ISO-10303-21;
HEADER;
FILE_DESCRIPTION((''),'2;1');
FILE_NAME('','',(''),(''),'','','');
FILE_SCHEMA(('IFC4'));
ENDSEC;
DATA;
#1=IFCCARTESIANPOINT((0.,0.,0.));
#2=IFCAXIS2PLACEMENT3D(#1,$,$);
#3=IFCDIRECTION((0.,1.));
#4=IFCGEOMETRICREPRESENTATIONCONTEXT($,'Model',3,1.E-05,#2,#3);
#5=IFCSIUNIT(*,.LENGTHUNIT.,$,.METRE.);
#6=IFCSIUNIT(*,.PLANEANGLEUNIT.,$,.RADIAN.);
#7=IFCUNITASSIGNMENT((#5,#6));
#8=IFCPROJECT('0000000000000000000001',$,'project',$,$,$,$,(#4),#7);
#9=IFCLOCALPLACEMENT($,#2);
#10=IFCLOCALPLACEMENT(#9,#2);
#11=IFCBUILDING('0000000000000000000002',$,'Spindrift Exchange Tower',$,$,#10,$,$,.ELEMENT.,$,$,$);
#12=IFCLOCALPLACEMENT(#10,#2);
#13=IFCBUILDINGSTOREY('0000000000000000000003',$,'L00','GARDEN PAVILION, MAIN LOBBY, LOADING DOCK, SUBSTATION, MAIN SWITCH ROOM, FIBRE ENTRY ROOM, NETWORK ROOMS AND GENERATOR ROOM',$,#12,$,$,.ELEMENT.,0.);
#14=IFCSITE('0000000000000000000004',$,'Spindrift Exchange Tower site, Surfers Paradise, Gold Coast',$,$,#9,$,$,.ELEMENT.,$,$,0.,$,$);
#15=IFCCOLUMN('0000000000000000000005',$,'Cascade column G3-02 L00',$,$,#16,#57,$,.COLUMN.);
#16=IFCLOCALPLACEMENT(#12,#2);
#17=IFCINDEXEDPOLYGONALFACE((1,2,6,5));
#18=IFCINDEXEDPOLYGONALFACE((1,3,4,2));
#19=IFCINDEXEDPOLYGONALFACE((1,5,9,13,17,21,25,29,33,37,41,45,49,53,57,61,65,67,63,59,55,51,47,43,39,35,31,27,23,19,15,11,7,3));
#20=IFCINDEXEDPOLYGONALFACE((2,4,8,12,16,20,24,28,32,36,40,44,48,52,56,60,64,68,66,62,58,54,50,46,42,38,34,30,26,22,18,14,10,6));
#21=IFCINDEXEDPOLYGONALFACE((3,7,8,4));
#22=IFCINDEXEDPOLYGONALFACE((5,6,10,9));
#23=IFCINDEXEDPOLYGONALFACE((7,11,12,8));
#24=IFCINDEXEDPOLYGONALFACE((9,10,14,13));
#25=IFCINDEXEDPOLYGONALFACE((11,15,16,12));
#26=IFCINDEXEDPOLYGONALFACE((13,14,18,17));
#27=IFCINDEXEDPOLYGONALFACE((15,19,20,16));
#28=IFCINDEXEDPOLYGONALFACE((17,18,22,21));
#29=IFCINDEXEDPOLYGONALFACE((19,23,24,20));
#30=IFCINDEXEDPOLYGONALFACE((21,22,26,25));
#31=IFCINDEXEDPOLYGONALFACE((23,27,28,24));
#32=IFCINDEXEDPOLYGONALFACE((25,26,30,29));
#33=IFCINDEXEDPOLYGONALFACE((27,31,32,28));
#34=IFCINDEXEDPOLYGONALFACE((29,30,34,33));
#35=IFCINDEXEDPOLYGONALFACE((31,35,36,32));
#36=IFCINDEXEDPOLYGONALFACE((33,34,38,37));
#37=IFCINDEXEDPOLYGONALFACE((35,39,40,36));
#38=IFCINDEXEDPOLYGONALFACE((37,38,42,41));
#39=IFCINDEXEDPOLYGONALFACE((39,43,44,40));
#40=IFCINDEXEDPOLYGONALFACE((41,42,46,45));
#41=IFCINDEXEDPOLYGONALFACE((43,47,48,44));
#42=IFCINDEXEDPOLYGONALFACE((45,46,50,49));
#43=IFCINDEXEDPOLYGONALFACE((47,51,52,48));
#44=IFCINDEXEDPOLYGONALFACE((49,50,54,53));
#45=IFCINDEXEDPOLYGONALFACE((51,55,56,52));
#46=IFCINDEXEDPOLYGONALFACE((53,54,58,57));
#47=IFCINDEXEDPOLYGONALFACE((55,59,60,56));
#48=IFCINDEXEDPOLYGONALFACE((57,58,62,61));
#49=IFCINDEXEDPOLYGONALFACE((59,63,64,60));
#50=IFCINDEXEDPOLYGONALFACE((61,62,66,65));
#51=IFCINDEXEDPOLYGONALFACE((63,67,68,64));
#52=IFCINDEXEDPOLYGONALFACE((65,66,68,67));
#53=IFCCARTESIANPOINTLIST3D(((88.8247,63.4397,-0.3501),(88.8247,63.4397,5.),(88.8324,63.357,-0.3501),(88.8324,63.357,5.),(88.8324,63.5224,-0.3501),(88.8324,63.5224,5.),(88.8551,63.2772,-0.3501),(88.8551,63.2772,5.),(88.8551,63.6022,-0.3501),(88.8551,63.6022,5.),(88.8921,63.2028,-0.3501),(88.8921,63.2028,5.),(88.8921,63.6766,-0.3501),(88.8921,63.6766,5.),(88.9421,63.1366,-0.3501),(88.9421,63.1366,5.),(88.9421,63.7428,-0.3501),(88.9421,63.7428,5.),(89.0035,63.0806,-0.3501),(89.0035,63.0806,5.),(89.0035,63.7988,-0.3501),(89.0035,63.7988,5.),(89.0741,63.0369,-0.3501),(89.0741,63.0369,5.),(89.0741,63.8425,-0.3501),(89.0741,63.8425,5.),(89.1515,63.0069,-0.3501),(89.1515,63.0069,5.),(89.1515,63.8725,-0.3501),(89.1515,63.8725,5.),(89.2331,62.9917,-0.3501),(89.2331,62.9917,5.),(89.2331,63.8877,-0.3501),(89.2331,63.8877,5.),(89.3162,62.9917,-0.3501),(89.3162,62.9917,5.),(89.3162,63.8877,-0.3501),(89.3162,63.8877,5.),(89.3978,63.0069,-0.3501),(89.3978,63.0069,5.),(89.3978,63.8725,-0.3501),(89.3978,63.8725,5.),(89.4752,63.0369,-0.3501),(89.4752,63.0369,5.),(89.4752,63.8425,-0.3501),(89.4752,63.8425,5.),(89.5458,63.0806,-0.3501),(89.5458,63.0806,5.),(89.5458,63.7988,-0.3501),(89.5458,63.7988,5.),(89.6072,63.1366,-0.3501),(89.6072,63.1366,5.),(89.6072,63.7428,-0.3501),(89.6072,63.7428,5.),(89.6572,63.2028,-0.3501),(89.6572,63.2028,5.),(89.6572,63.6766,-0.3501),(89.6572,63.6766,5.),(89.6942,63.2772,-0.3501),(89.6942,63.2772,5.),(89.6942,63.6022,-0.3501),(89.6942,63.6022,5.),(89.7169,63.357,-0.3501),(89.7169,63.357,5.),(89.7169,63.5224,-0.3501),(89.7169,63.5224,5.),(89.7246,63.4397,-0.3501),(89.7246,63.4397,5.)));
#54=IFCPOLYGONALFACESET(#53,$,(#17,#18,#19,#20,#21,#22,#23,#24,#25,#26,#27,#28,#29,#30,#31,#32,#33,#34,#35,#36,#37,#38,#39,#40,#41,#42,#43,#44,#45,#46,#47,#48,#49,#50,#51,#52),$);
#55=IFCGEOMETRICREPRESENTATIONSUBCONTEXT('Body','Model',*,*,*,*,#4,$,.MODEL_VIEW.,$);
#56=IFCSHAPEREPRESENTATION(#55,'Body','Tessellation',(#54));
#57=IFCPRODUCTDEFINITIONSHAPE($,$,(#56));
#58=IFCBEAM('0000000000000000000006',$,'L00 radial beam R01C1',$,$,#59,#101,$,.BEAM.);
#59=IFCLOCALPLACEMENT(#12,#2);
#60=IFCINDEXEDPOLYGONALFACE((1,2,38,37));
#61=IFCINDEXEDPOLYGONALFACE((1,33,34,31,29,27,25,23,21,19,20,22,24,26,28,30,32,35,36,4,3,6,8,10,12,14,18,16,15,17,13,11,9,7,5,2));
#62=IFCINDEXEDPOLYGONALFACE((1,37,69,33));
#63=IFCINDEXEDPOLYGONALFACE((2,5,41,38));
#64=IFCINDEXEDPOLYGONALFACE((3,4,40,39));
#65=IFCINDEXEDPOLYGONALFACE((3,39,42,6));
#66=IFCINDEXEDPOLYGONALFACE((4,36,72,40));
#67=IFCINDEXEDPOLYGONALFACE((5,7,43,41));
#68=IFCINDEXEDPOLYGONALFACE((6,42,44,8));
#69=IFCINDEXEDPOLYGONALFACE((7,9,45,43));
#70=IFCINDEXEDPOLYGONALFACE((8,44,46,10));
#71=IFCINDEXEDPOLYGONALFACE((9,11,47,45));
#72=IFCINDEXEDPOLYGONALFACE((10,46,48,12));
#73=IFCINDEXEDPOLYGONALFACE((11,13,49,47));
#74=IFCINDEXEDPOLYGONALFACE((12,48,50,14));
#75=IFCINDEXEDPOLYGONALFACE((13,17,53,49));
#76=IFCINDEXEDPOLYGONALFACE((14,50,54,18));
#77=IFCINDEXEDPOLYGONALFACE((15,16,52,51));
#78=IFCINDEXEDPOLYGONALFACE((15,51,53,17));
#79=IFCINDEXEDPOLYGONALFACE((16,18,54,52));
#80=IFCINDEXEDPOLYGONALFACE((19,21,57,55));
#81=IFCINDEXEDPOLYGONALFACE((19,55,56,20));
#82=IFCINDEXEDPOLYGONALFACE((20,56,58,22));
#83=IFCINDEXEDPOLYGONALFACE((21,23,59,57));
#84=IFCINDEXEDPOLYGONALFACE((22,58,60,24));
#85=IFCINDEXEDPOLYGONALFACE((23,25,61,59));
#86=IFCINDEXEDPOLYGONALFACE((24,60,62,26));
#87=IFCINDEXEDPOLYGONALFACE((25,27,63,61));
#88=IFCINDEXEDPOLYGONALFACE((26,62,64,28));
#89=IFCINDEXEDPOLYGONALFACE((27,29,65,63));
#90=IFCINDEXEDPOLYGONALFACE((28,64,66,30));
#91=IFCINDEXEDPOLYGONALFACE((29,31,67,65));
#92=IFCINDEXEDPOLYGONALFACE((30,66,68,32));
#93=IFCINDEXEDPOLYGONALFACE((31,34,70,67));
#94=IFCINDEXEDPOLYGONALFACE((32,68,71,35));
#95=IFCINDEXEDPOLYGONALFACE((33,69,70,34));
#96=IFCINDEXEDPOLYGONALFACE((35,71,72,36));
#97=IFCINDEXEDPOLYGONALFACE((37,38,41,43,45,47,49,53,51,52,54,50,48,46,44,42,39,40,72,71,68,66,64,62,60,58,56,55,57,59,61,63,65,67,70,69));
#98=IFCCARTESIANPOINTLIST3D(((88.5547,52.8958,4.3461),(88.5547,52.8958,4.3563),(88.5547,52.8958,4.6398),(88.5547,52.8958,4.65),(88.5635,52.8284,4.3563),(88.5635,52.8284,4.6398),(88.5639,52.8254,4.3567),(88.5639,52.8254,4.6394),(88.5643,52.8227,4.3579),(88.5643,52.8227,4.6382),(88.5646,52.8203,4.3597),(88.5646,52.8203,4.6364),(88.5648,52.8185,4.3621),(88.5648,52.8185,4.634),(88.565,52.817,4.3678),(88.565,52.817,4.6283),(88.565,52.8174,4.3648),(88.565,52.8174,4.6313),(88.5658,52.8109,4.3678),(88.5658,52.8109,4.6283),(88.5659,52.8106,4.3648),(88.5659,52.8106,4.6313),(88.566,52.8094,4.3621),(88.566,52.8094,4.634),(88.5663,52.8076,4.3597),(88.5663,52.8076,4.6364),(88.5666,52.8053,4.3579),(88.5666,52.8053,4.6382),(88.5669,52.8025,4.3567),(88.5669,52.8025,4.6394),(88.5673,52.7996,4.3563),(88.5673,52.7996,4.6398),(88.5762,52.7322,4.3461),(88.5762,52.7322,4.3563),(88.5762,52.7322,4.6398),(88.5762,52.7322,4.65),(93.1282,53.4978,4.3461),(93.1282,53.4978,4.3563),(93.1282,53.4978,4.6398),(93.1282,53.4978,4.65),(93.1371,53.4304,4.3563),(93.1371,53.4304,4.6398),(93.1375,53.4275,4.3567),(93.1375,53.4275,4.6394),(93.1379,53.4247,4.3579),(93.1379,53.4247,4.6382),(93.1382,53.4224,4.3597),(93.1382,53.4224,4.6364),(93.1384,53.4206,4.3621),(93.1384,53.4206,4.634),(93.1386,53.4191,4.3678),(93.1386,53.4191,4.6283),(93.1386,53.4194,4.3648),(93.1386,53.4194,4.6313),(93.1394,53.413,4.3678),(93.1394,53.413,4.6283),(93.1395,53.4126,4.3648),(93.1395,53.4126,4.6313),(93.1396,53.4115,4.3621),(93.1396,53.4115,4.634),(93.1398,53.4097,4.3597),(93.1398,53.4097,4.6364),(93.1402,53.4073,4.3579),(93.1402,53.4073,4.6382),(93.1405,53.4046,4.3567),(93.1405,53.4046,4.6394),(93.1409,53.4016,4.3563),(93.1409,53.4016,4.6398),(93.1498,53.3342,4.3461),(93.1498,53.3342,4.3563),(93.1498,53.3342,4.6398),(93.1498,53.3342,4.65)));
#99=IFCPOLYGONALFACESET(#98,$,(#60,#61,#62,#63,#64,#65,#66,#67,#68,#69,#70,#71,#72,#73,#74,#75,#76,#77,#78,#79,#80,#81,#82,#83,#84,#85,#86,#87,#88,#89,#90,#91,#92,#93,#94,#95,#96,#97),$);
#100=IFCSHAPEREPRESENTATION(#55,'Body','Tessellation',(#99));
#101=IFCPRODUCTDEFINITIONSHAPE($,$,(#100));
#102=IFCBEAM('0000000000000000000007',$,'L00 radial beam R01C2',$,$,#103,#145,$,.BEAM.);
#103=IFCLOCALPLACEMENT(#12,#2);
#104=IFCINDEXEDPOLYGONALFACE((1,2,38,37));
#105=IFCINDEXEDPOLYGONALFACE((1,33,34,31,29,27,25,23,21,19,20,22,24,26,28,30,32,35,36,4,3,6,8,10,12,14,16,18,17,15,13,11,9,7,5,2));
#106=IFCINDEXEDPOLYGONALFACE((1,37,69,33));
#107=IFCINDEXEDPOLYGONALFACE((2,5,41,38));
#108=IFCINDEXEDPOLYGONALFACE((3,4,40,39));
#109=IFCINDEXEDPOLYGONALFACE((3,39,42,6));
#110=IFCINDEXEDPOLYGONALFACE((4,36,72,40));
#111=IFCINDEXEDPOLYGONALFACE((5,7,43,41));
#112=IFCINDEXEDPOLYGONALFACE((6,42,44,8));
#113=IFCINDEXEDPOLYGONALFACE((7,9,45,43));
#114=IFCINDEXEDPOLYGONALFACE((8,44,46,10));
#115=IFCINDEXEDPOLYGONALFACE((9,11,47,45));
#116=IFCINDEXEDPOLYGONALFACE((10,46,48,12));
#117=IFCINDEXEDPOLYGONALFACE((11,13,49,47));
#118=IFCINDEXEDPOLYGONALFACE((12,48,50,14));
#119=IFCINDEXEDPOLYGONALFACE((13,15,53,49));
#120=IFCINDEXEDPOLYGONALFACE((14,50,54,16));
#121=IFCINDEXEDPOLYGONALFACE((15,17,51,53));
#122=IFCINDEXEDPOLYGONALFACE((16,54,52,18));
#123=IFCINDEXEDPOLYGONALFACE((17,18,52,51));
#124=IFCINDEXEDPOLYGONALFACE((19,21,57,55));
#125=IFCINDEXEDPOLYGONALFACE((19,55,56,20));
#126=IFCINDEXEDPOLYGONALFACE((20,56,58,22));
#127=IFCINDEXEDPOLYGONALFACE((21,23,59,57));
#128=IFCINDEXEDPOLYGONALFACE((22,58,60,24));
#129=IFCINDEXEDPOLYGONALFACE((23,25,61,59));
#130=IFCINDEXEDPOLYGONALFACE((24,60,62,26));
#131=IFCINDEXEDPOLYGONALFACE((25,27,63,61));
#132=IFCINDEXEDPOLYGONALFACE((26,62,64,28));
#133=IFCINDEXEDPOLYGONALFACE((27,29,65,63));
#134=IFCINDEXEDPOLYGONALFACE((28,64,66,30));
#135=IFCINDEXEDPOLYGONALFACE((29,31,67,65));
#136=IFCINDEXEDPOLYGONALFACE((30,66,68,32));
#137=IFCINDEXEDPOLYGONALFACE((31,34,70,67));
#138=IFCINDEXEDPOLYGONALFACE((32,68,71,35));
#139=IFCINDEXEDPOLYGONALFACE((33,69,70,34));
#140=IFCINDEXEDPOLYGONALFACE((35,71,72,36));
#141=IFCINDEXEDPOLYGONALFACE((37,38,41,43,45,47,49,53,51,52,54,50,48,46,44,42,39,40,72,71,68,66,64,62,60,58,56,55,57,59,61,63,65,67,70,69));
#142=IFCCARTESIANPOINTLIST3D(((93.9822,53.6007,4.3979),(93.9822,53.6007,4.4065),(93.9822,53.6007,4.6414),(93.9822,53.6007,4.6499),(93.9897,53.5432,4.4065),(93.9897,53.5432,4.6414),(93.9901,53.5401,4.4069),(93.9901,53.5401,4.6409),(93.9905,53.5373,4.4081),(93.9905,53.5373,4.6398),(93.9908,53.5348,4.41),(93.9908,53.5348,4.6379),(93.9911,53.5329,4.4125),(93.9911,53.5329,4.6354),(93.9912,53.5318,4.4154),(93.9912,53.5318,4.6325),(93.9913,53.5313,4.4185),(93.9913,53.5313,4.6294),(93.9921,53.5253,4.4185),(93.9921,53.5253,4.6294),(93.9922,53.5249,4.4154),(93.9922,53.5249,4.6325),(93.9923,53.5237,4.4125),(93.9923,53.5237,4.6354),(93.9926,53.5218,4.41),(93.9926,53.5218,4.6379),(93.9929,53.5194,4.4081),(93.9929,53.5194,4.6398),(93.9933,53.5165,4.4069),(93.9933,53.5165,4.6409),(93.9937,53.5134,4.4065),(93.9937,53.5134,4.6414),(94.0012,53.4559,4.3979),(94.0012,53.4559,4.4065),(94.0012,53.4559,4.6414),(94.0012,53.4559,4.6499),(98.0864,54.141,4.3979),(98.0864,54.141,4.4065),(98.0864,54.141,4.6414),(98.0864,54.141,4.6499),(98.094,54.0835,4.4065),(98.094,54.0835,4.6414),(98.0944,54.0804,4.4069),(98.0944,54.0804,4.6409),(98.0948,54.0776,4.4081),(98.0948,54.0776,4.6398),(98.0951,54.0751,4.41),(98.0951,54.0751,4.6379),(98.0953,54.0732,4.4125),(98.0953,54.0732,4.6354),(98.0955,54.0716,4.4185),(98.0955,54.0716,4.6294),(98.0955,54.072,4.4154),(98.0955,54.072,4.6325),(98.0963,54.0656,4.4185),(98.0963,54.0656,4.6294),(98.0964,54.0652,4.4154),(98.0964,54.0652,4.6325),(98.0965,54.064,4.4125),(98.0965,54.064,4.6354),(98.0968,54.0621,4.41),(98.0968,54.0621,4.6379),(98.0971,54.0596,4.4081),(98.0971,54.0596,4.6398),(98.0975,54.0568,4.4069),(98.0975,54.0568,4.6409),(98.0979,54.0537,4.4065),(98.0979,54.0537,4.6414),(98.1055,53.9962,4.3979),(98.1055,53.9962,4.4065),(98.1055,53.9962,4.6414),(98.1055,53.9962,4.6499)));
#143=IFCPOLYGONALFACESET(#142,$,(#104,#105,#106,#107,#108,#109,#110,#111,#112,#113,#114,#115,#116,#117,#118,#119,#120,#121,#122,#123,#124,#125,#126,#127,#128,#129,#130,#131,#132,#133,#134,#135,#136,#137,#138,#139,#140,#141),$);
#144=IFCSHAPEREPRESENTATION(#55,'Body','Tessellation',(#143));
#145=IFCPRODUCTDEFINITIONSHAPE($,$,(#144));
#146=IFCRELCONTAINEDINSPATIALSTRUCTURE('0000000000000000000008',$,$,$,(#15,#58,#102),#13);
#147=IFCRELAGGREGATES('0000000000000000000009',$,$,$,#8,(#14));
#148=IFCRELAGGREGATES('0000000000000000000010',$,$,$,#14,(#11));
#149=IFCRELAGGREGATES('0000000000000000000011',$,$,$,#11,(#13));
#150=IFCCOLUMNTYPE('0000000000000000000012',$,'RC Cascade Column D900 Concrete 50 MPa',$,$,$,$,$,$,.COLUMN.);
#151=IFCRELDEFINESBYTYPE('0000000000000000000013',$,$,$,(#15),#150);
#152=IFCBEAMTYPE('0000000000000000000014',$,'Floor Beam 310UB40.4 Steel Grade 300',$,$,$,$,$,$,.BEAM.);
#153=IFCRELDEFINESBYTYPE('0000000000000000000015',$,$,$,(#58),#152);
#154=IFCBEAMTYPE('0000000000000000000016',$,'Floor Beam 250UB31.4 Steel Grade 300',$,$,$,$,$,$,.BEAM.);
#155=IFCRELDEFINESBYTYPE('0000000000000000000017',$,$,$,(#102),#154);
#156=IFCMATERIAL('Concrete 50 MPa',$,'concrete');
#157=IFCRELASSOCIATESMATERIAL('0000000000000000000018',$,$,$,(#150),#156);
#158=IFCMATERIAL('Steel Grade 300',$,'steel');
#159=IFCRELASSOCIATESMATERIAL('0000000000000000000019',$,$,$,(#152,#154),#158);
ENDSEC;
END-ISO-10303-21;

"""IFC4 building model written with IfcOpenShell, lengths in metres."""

from ifc_helpers import new_model, si_unit, direction, frame, origin, origin_2d, place, context, subcontext, project, spatial, circle, i_section, extrude, source, transform, mapped, material, material_profile, profile_set, type_object, element, save


model = new_model("IFC4")

# Units and contexts
model_context = context("Model", 3, precision=1e-05, world=origin(), true_north=direction((0.0, 1.0)))
body_context = subcontext(model_context, "Body", "Model", "MODEL_VIEW")
ifc_project = project(units=[si_unit("LENGTHUNIT", "METRE"), si_unit("PLANEANGLEUNIT", "RADIAN")], contexts=[model_context])

# Site, building, storey
site_placement = place(None, origin())
site = spatial("IfcSite", under=ifc_project, at=site_placement, Name="Spindrift Exchange Tower site, Surfers Paradise, Gold Coast", CompositionType="ELEMENT", RefElevation=0.0)
building_placement = place(site_placement, origin())
building = spatial("IfcBuilding", under=site, at=building_placement, Name="Spindrift Exchange Tower", CompositionType="ELEMENT")
storey_placement = place(building_placement, origin())
storey = spatial("IfcBuildingStorey", under=building, at=storey_placement, Name="L00", Description="GARDEN PAVILION, MAIN LOBBY, LOADING DOCK, SUBSTATION, MAIN SWITCH ROOM, FIBRE ENTRY ROOM, NETWORK ROOMS AND GENERATOR ROOM", CompositionType="ELEMENT", Elevation=0.0)

# Shared definitions
ifc_material_1 = material(Name="Concrete 50 MPa", Category="concrete")

# Column
ifc_material_profile_1 = material_profile(ifc_material_1, circle(Radius=0.45, at=origin_2d()), Name="RC D900")
ifc_profile_set_1 = profile_set([ifc_material_profile_1], Name="Concrete 50 MPa")
column_type_1 = type_object("IfcColumnType", Name="RC Cascade Column D900 Concrete 50 MPa", PredefinedType="COLUMN", material=ifc_profile_set_1)
shared_shape_1 = source(origin(), body_context, "Body", "SweptSolid", [
    extrude(circle(Radius=0.45, at=origin_2d()), origin(), (0.0, 0.0, 1.0), 5.3501),
])
for number, where, z_axis, x_axis, name in (
    (1, (89.2747, 63.4397, -0.3501), (0.0, 0.0, 1.0), (1.0, 0.0, 0.0), "Cascade column G3-02 L00"),
):
    element("IfcColumn", number, at=place(storey_placement, frame(where, z_axis=z_axis, x_axis=x_axis)), inside=storey, type_object=column_type_1, Name=name, PredefinedType="COLUMN", context=body_context, shape_type="MappedRepresentation", body=[
        mapped(shared_shape_1, transform((0.0, 0.0, 0.0), scale=1.0)),
    ])

# Beams
ifc_material_2 = material(Name="Steel Grade 300", Category="steel")
ifc_material_profile_2 = material_profile(ifc_material_2, i_section(OverallWidth=0.165, OverallDepth=0.304, WebThickness=0.0061, FlangeThickness=0.0103, FilletRadius=0.0115, at=origin_2d()), Name="310UB40.4")
ifc_profile_set_2 = profile_set([ifc_material_profile_2], Name="Steel Grade 300")
beam_type_1 = type_object("IfcBeamType", Name="Floor Beam 310UB40.4 Steel Grade 300", PredefinedType="BEAM", material=ifc_profile_set_2)
shared_shape_2 = source(origin(), body_context, "Body", "SweptSolid", [
    extrude(i_section(OverallWidth=0.165, OverallDepth=0.304, WebThickness=0.0061, FlangeThickness=0.0103, FilletRadius=0.0115, at=origin_2d()), origin(), (0.0, 0.0, 1.0), 4.613),
])
beam_1_placement = place(storey_placement, frame((88.5654, 52.814, 4.498), z_axis=(0.991447, 0.130513, 0.0), x_axis=(-0.130513, 0.991447, 0.0)))
element("IfcBeam", 2, at=beam_1_placement, inside=storey, type_object=beam_type_1, Name="L00 radial beam R01C1", PredefinedType="BEAM", context=body_context, shape_type="MappedRepresentation", body=[
    mapped(shared_shape_2, transform((0.0, 0.0, 0.0), scale=1.0)),
])
ifc_material_profile_3 = material_profile(ifc_material_2, i_section(OverallWidth=0.146, OverallDepth=0.252, WebThickness=0.0061, FlangeThickness=0.0085, FilletRadius=0.012, at=origin_2d()), Name="250UB31.4")
ifc_profile_set_3 = profile_set([ifc_material_profile_3], Name="Steel Grade 300")
beam_type_2 = type_object("IfcBeamType", Name="Floor Beam 250UB31.4 Steel Grade 300", PredefinedType="BEAM", material=ifc_profile_set_3)
shared_shape_3 = source(origin(), body_context, "Body", "SweptSolid", [
    extrude(i_section(OverallWidth=0.146, OverallDepth=0.252, WebThickness=0.0061, FlangeThickness=0.0085, FilletRadius=0.012, at=origin_2d()), origin(), (0.0, 0.0, 1.0), 4.1396),
])
beam_2_placement = place(storey_placement, frame((93.9917, 53.5283, 4.5239), z_axis=(0.991446, 0.130514, 0.0), x_axis=(-0.130514, 0.991446, 0.0)))
element("IfcBeam", 3, at=beam_2_placement, inside=storey, type_object=beam_type_2, Name="L00 radial beam R01C2", PredefinedType="BEAM", context=body_context, shape_type="MappedRepresentation", body=[
    mapped(shared_shape_3, transform((0.0, 0.0, 0.0), scale=1.0)),
])

save(model, "model.ifc")
